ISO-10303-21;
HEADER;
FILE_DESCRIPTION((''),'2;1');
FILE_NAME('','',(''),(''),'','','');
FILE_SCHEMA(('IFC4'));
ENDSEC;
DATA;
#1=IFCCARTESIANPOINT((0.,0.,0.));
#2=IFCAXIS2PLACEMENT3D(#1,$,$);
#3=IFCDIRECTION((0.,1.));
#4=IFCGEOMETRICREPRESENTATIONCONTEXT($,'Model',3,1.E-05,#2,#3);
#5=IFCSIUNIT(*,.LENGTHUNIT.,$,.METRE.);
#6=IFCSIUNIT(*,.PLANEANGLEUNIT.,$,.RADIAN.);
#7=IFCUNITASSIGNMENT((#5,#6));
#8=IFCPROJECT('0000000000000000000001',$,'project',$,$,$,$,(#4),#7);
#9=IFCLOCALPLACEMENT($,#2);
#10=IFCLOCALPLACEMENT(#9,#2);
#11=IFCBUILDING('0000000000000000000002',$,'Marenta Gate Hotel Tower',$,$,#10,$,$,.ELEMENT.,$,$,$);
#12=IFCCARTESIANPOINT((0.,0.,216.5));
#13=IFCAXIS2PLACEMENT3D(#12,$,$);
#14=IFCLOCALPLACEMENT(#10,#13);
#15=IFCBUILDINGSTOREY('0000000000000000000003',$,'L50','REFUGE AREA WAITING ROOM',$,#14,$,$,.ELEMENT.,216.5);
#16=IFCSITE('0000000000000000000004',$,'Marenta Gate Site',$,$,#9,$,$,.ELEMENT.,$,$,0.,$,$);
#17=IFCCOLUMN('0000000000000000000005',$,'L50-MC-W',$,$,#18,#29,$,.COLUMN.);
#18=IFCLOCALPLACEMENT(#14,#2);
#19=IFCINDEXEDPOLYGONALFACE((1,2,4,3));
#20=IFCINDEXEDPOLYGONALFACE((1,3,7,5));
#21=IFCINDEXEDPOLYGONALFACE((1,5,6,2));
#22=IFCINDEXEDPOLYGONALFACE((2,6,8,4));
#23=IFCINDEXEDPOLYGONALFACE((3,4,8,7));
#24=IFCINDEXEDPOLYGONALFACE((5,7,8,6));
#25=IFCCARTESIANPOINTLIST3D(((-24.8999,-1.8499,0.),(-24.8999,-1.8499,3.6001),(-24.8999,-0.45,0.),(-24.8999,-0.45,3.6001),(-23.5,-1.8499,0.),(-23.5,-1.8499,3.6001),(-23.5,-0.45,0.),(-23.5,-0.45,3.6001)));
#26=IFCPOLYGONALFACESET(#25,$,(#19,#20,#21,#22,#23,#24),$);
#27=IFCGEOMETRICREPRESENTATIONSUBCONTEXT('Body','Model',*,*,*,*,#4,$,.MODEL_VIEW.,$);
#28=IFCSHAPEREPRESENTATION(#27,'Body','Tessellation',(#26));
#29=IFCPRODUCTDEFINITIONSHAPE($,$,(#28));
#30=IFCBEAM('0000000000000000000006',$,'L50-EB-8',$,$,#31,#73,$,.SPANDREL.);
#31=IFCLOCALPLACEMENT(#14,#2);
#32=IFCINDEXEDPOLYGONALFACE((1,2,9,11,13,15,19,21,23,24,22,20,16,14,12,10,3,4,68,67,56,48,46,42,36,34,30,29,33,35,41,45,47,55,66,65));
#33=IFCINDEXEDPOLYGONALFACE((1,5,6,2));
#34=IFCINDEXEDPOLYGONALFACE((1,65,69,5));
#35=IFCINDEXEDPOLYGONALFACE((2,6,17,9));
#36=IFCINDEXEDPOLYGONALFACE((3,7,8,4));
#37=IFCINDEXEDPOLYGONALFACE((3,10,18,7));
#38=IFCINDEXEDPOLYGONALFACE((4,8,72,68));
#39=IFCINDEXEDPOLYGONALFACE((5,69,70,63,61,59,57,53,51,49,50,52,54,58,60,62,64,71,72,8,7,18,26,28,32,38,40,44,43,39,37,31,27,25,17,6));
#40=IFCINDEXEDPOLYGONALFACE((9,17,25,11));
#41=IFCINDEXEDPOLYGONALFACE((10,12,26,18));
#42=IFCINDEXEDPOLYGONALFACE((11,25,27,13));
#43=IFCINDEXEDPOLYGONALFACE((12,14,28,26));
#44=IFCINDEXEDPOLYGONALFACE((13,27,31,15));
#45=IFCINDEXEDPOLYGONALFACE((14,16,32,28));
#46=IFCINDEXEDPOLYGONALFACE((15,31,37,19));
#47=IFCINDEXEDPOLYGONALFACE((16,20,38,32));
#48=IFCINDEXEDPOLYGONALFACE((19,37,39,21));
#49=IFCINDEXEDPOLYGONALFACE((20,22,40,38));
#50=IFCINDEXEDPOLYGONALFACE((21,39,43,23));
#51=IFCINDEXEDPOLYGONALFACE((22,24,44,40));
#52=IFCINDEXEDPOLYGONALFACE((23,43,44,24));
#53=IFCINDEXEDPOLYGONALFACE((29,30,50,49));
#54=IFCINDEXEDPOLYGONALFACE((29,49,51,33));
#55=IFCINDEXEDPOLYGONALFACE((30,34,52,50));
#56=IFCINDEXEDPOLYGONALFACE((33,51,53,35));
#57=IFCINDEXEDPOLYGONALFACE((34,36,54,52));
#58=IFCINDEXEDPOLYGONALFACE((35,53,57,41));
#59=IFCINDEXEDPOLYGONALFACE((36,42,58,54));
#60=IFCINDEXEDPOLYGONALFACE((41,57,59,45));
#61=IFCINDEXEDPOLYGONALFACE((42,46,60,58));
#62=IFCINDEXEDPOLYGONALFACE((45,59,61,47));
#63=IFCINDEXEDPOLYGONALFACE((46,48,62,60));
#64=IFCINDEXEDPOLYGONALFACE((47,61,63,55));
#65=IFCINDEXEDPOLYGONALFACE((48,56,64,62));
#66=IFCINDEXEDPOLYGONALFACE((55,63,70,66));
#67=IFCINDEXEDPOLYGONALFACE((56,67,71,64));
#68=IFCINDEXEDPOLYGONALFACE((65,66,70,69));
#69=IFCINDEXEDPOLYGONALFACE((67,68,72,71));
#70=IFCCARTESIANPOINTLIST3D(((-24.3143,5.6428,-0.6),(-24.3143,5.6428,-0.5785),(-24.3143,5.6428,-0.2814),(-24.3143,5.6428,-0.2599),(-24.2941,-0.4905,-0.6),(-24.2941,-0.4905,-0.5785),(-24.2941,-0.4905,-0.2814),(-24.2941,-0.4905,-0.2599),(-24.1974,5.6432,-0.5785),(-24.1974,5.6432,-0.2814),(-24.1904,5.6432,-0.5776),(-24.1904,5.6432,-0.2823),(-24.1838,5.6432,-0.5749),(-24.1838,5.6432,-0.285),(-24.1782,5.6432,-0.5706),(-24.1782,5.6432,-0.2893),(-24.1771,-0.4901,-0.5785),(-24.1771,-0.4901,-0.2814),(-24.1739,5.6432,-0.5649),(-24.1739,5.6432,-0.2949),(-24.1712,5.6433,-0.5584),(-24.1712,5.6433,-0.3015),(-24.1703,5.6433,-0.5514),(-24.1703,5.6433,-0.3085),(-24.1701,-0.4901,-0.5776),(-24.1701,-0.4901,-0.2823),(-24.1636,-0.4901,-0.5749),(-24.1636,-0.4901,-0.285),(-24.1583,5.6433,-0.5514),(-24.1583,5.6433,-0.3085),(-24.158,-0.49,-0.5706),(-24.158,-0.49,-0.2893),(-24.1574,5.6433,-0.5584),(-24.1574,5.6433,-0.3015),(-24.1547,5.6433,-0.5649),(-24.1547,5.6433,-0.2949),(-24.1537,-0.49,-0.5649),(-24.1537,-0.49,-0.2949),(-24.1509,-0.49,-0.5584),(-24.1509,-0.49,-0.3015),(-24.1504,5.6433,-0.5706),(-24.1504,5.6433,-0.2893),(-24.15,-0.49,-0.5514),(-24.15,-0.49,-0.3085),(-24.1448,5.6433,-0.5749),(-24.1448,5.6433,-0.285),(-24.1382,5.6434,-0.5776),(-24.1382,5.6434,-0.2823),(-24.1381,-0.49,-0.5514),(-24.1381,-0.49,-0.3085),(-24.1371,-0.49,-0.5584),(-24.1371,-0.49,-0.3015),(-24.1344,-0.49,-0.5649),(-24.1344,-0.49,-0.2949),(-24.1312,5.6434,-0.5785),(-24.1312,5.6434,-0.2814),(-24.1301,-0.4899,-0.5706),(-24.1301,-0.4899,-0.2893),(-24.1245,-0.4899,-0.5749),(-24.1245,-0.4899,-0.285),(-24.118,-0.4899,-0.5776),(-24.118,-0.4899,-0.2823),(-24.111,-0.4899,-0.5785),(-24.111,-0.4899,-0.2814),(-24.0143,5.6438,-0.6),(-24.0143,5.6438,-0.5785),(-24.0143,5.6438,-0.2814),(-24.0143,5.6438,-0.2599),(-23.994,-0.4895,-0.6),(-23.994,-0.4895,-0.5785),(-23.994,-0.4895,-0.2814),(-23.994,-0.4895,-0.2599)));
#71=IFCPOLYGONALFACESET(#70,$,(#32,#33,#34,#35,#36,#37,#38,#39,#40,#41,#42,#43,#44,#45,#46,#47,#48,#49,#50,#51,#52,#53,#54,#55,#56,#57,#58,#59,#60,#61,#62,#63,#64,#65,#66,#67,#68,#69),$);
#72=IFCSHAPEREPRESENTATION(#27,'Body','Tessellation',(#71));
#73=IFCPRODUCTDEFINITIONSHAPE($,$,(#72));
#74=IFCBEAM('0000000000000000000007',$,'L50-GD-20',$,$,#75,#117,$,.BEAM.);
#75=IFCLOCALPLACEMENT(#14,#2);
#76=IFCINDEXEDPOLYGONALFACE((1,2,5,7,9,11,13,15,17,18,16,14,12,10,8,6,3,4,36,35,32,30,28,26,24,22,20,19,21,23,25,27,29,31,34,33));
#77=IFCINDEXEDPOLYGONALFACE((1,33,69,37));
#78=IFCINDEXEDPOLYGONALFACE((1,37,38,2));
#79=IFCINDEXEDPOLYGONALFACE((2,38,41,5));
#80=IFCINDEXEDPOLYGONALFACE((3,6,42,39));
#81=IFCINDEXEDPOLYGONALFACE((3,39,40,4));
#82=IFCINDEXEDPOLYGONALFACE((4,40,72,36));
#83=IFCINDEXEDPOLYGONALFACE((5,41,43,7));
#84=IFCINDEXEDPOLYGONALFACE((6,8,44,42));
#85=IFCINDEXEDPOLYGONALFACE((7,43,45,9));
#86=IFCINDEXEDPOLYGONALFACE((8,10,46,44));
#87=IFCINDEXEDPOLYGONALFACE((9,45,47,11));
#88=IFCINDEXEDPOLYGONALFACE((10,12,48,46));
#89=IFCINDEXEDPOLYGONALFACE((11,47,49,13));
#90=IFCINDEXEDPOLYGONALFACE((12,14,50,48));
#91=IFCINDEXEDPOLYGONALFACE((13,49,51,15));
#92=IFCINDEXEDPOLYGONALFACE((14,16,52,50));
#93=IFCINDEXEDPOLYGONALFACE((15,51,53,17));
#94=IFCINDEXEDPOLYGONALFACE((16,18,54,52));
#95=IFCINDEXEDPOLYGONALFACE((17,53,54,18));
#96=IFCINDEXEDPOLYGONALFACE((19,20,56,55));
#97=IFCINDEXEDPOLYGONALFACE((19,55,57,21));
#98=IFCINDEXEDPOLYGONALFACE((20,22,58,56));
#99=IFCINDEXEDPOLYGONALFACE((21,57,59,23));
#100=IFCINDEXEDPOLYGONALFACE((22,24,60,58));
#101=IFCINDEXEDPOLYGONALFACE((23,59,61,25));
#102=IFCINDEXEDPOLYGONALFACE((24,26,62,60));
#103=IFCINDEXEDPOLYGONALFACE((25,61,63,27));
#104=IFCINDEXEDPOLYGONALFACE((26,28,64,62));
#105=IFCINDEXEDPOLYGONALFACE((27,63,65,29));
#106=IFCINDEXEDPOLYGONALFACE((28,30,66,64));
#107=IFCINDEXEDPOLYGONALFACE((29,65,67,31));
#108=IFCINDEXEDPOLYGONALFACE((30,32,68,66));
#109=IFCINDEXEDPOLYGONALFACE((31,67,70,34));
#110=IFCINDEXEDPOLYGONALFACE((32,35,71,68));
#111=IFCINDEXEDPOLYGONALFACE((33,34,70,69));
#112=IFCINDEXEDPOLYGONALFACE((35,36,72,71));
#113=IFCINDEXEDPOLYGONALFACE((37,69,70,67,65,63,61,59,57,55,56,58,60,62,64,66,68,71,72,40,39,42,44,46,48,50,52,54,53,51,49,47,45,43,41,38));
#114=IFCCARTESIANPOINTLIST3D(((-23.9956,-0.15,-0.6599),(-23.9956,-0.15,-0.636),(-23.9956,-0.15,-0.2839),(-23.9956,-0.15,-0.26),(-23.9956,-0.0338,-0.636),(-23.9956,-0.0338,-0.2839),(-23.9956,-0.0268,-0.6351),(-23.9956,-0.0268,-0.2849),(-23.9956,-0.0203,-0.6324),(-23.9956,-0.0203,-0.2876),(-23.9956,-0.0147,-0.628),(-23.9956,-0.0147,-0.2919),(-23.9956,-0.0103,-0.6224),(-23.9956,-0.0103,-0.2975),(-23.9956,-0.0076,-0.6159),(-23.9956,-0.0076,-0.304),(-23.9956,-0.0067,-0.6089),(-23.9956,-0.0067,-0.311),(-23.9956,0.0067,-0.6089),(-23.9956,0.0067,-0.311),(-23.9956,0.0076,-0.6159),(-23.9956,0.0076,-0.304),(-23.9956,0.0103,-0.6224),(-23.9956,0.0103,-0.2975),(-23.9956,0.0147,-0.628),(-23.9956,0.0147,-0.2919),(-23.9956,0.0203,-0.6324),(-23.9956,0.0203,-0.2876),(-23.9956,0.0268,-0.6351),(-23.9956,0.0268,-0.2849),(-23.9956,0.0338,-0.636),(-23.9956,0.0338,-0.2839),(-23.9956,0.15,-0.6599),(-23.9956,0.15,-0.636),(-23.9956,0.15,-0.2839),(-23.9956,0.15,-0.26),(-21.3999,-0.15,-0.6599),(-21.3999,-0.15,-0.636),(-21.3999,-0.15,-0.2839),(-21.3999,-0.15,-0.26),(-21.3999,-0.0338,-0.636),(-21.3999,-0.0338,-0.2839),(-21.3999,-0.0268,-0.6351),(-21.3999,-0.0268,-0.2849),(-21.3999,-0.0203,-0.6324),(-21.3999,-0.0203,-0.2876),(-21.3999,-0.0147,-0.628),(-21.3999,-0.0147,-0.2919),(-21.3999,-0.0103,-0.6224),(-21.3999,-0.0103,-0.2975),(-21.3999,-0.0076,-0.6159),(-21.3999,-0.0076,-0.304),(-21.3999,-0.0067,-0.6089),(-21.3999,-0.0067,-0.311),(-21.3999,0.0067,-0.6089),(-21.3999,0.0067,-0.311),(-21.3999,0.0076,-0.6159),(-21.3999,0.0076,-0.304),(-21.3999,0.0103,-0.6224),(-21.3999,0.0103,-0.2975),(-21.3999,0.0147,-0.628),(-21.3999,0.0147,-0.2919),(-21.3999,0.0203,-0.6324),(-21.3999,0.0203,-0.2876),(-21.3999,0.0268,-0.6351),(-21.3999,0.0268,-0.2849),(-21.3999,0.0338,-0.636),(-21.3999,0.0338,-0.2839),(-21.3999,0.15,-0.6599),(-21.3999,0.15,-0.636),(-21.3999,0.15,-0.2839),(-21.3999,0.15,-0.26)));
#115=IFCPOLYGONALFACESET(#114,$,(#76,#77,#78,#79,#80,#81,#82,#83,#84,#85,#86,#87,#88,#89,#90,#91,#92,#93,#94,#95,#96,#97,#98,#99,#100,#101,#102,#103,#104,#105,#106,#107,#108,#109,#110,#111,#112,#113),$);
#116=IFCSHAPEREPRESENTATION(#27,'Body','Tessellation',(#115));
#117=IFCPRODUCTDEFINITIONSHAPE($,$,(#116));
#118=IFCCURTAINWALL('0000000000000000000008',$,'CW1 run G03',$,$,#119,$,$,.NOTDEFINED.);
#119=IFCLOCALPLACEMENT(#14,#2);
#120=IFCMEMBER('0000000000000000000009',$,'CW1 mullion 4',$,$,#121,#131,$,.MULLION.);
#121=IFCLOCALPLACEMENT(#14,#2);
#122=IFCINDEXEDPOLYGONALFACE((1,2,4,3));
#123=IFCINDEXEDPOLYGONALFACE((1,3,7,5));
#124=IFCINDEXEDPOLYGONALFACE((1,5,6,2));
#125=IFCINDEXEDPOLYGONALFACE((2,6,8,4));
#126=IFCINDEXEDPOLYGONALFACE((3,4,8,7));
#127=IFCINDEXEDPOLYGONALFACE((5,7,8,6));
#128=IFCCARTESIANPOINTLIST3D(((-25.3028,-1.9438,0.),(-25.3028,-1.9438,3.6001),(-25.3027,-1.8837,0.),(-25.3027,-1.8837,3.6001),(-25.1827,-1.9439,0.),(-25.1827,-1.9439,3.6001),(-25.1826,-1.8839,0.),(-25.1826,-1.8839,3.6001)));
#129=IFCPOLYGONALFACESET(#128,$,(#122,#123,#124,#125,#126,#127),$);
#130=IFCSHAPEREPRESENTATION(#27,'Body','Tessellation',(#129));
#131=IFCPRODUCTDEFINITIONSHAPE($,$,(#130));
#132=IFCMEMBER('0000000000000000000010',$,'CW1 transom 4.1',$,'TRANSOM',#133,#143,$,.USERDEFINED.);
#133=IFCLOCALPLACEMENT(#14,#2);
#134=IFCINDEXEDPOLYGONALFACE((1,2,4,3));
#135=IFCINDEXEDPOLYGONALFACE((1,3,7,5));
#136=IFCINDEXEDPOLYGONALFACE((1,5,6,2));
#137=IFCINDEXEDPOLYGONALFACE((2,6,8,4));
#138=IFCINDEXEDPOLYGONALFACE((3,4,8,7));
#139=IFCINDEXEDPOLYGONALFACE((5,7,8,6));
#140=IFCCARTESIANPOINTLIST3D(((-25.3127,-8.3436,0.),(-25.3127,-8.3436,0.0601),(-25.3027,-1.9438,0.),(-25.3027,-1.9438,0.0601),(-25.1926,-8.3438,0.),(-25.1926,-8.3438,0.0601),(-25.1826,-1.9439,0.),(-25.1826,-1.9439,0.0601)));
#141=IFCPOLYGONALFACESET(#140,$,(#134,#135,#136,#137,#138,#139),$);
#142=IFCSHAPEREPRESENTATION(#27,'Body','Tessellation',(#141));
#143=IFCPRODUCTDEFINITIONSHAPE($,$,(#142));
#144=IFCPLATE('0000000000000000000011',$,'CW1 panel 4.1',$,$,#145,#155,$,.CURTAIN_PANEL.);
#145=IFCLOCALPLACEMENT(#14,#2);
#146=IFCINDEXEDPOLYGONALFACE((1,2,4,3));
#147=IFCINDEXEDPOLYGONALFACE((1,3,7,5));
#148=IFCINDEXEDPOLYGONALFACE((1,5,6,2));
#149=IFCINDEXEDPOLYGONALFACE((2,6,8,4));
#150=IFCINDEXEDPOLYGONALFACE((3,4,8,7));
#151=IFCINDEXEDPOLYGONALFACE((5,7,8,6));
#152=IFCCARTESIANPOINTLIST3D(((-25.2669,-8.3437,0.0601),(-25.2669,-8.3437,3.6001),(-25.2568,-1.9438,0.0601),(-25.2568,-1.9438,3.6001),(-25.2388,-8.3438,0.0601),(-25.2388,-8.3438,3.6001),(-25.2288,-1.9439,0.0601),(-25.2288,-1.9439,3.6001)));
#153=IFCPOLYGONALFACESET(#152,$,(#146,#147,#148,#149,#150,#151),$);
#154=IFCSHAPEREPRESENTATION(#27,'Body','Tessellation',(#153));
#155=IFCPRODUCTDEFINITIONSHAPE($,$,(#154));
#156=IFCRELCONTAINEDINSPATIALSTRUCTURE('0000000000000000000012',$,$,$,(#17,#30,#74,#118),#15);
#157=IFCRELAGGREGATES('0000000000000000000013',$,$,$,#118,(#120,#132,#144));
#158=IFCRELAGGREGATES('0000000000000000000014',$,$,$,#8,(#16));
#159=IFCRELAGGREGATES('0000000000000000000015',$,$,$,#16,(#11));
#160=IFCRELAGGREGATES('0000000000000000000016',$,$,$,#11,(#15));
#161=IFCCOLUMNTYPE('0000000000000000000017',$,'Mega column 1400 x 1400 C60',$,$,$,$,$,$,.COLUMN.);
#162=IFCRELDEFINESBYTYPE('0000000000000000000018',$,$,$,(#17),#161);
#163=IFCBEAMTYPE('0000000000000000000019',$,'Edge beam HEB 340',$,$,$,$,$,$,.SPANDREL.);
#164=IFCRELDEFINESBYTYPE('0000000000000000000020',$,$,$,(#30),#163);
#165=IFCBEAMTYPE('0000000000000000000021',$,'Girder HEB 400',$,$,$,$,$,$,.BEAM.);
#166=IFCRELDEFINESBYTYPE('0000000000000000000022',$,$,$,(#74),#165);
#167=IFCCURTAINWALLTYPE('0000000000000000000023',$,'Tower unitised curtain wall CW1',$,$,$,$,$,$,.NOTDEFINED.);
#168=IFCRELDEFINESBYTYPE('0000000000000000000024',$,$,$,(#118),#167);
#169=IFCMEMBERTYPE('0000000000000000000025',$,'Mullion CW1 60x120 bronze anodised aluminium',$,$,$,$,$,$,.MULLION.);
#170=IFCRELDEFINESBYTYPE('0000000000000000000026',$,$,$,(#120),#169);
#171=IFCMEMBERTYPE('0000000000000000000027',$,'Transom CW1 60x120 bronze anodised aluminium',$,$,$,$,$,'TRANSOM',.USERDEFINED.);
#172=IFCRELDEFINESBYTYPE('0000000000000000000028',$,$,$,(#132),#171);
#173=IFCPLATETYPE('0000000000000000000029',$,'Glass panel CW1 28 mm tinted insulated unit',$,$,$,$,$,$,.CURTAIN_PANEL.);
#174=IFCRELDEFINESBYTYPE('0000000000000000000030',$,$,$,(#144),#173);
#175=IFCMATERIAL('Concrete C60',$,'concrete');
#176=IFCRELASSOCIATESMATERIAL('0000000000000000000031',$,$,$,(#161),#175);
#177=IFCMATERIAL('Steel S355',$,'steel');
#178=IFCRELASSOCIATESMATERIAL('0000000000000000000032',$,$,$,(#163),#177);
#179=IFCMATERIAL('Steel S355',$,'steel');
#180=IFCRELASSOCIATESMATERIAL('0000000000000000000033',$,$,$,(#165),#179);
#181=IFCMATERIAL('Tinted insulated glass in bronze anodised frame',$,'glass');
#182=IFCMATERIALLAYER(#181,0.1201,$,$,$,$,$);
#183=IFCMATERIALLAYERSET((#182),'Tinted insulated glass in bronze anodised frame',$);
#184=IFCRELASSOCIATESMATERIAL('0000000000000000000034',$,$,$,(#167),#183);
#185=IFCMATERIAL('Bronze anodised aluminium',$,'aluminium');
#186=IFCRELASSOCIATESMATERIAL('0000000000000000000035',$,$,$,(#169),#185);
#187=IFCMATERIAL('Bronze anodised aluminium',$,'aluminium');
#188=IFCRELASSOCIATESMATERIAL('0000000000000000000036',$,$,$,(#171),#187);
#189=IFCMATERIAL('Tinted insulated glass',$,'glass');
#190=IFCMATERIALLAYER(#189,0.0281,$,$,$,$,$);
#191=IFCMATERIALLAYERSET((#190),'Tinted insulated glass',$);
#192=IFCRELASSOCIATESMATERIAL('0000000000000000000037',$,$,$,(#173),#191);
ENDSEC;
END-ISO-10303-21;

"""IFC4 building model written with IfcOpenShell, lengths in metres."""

from ifc_helpers import new_model, si_unit, direction, frame, origin, origin_2d, place, context, subcontext, project, spatial, rectangle, i_section, extrude, material, layer, layer_set, material_profile, profile_set, type_object, element, aggregate, save


model = new_model("IFC4")

# Units and contexts
model_context = context("Model", 3, precision=1e-05, world=origin(), true_north=direction((0.0, 1.0)))
body_context = subcontext(model_context, "Body", "Model", "MODEL_VIEW")
ifc_project = project(units=[si_unit("LENGTHUNIT", "METRE"), si_unit("PLANEANGLEUNIT", "RADIAN")], contexts=[model_context])

# Site, building, storey
site_placement = place(None, origin())
site = spatial("IfcSite", under=ifc_project, at=site_placement, Name="Marenta Gate Site", CompositionType="ELEMENT", RefElevation=0.0)
building_placement = place(site_placement, origin())
building = spatial("IfcBuilding", under=site, at=building_placement, Name="Marenta Gate Hotel Tower", CompositionType="ELEMENT")
storey_placement = place(building_placement, frame((0.0, 0.0, 216.5)))
storey = spatial("IfcBuildingStorey", under=building, at=storey_placement, Name="L50", Description="REFUGE AREA WAITING ROOM", CompositionType="ELEMENT", Elevation=216.5)

# Column
ifc_material_1 = material(Name="Concrete C60", Category="concrete")
ifc_material_profile_1 = material_profile(ifc_material_1, rectangle(XDim=1.3999, YDim=1.3999, at=origin_2d()), Name="1400 x 1400")
ifc_profile_set_1 = profile_set([ifc_material_profile_1], Name="Concrete C60")
column_type = type_object("IfcColumnType", Name="Mega column 1400 x 1400 C60", PredefinedType="COLUMN", material=ifc_profile_set_1)
column_placement = place(storey_placement, frame((-24.2, -1.1499, 0.0), z_axis=(0.0, 0.0, 1.0), x_axis=(1.0, 0.0, 0.0)))
element("IfcColumn", 1, at=column_placement, inside=storey, type_object=column_type, Name="L50-MC-W", PredefinedType="COLUMN", context=body_context, shape_type="SweptSolid", body=[
    extrude(rectangle(XDim=1.3999, YDim=1.3999, at=origin_2d()), origin(), (0.0, 0.0, 1.0), 3.6001),
])

# Beams
ifc_material_2 = material(Name="Steel S355", Category="steel")
ifc_material_profile_2 = material_profile(ifc_material_2, i_section(OverallWidth=0.3, OverallDepth=0.3401, WebThickness=0.012, FlangeThickness=0.0215, FilletRadius=0.0271, at=origin_2d()), Name="HEB 340")
ifc_profile_set_2 = profile_set([ifc_material_profile_2], Name="Steel S355")
beam_type_1 = type_object("IfcBeamType", Name="Edge beam HEB 340", PredefinedType="SPANDREL", material=ifc_profile_set_2)
beam_1_placement = place(storey_placement, frame((-24.144, -0.49, -0.4299), z_axis=(-0.003304, 0.999995, 0.0), x_axis=(-0.999995, -0.003304, 0.0)))
element("IfcBeam", 2, at=beam_1_placement, inside=storey, type_object=beam_type_1, Name="L50-EB-8", PredefinedType="SPANDREL", context=body_context, shape_type="SweptSolid", body=[
    extrude(i_section(OverallWidth=0.3, OverallDepth=0.3401, WebThickness=0.012, FlangeThickness=0.0215, FilletRadius=0.0271, at=origin_2d()), origin(), (0.0, 0.0, 1.0), 6.1333),
])
ifc_material_3 = material(Name="Steel S355", Category="steel")
ifc_material_profile_3 = material_profile(ifc_material_3, i_section(OverallWidth=0.3, OverallDepth=0.3999, WebThickness=0.0134, FlangeThickness=0.0239, FilletRadius=0.0271, at=origin_2d()), Name="HEB 400")
ifc_profile_set_3 = profile_set([ifc_material_profile_3], Name="Steel S355")
beam_type_2 = type_object("IfcBeamType", Name="Girder HEB 400", PredefinedType="BEAM", material=ifc_profile_set_3)
beam_2_placement = place(storey_placement, frame((-23.9956, 0.0, -0.46), z_axis=(1.0, 0.0, 0.0), x_axis=(0.0, 1.0, 0.0)))
element("IfcBeam", 3, at=beam_2_placement, inside=storey, type_object=beam_type_2, Name="L50-GD-20", PredefinedType="BEAM", context=body_context, shape_type="SweptSolid", body=[
    extrude(i_section(OverallWidth=0.3, OverallDepth=0.3999, WebThickness=0.0134, FlangeThickness=0.0239, FilletRadius=0.0271, at=origin_2d()), origin(), (0.0, 0.0, 1.0), 2.5957),
])

# Curtain wall, members, plate
ifc_material_4 = material(Name="Tinted insulated glass in bronze anodised frame", Category="glass")
ifc_layer_1 = layer(ifc_material_4, 0.1201)
ifc_layer_set_1 = layer_set([ifc_layer_1], Name="Tinted insulated glass in bronze anodised frame")
curtain_wall_type = type_object("IfcCurtainWallType", Name="Tower unitised curtain wall CW1", PredefinedType="NOTDEFINED", material=ifc_layer_set_1)
curtain_wall_placement = place(storey_placement, origin())
curtain_wall = element("IfcCurtainWall", 4, at=curtain_wall_placement, inside=storey, type_object=curtain_wall_type, Name="CW1 run G03", PredefinedType="NOTDEFINED")
ifc_material_5 = material(Name="Bronze anodised aluminium", Category="aluminium")
ifc_material_profile_4 = material_profile(ifc_material_5, rectangle(XDim=0.1201, YDim=0.0601, at=origin_2d()), Name="Mullion CW1 60x120 bronze anodised aluminium")
ifc_profile_set_4 = profile_set([ifc_material_profile_4], Name="Bronze anodised aluminium")
member_type_1 = type_object("IfcMemberType", Name="Mullion CW1 60x120 bronze anodised aluminium", PredefinedType="MULLION", material=ifc_profile_set_4)
member_1_placement = place(storey_placement, frame((-25.2427, -1.9138, 0.0), z_axis=(0.0, 0.0, 1.0), x_axis=(0.999999, -0.001566, 0.0)))
member_1 = element("IfcMember", 5, at=member_1_placement, type_object=member_type_1, Name="CW1 mullion 4", PredefinedType="MULLION", context=body_context, shape_type="SweptSolid", body=[
    extrude(rectangle(XDim=0.1201, YDim=0.0601, at=origin_2d()), origin(), (0.0, 0.0, 1.0), 3.6001),
])
ifc_material_6 = material(Name="Bronze anodised aluminium", Category="aluminium")
ifc_material_profile_5 = material_profile(ifc_material_6, rectangle(XDim=0.1201, YDim=0.0601, at=origin_2d()), Name="Transom CW1 60x120 bronze anodised aluminium")
ifc_profile_set_5 = profile_set([ifc_material_profile_5], Name="Bronze anodised aluminium")
member_type_2 = type_object("IfcMemberType", Name="Transom CW1 60x120 bronze anodised aluminium", ElementType="TRANSOM", PredefinedType="USERDEFINED", material=ifc_profile_set_5)
member_2_placement = place(storey_placement, frame((-25.2427, -1.9438, 0.03), z_axis=(-0.001564, -0.999999, 0.0), x_axis=(0.999999, -0.001564, 0.0)))
member_2 = element("IfcMember", 6, at=member_2_placement, type_object=member_type_2, Name="CW1 transom 4.1", ObjectType="TRANSOM", PredefinedType="USERDEFINED", context=body_context, shape_type="SweptSolid", body=[
    extrude(rectangle(XDim=0.1201, YDim=0.0601, at=origin_2d()), origin(), (0.0, 0.0, 1.0), 6.3999),
])
ifc_material_7 = material(Name="Tinted insulated glass", Category="glass")
ifc_layer_2 = layer(ifc_material_7, 0.0281)
ifc_layer_set_2 = layer_set([ifc_layer_2], Name="Tinted insulated glass")
plate_type = type_object("IfcPlateType", Name="Glass panel CW1 28 mm tinted insulated unit", PredefinedType="CURTAIN_PANEL", material=ifc_layer_set_2)
plate_placement = place(storey_placement, frame((-25.2478, -5.1438, 0.0601), z_axis=(0.0, 0.0, 1.0), x_axis=(-0.001566, -0.999999, 0.0)))
plate = element("IfcPlate", 7, at=plate_placement, type_object=plate_type, Name="CW1 panel 4.1", PredefinedType="CURTAIN_PANEL", context=body_context, shape_type="SweptSolid", body=[
    extrude(rectangle(XDim=6.3999, YDim=0.0281, at=origin_2d()), origin(), (0.0, 0.0, 1.0), 3.54),
])
aggregate(curtain_wall, [member_1, member_2, plate])

save(model, "model.ifc")
